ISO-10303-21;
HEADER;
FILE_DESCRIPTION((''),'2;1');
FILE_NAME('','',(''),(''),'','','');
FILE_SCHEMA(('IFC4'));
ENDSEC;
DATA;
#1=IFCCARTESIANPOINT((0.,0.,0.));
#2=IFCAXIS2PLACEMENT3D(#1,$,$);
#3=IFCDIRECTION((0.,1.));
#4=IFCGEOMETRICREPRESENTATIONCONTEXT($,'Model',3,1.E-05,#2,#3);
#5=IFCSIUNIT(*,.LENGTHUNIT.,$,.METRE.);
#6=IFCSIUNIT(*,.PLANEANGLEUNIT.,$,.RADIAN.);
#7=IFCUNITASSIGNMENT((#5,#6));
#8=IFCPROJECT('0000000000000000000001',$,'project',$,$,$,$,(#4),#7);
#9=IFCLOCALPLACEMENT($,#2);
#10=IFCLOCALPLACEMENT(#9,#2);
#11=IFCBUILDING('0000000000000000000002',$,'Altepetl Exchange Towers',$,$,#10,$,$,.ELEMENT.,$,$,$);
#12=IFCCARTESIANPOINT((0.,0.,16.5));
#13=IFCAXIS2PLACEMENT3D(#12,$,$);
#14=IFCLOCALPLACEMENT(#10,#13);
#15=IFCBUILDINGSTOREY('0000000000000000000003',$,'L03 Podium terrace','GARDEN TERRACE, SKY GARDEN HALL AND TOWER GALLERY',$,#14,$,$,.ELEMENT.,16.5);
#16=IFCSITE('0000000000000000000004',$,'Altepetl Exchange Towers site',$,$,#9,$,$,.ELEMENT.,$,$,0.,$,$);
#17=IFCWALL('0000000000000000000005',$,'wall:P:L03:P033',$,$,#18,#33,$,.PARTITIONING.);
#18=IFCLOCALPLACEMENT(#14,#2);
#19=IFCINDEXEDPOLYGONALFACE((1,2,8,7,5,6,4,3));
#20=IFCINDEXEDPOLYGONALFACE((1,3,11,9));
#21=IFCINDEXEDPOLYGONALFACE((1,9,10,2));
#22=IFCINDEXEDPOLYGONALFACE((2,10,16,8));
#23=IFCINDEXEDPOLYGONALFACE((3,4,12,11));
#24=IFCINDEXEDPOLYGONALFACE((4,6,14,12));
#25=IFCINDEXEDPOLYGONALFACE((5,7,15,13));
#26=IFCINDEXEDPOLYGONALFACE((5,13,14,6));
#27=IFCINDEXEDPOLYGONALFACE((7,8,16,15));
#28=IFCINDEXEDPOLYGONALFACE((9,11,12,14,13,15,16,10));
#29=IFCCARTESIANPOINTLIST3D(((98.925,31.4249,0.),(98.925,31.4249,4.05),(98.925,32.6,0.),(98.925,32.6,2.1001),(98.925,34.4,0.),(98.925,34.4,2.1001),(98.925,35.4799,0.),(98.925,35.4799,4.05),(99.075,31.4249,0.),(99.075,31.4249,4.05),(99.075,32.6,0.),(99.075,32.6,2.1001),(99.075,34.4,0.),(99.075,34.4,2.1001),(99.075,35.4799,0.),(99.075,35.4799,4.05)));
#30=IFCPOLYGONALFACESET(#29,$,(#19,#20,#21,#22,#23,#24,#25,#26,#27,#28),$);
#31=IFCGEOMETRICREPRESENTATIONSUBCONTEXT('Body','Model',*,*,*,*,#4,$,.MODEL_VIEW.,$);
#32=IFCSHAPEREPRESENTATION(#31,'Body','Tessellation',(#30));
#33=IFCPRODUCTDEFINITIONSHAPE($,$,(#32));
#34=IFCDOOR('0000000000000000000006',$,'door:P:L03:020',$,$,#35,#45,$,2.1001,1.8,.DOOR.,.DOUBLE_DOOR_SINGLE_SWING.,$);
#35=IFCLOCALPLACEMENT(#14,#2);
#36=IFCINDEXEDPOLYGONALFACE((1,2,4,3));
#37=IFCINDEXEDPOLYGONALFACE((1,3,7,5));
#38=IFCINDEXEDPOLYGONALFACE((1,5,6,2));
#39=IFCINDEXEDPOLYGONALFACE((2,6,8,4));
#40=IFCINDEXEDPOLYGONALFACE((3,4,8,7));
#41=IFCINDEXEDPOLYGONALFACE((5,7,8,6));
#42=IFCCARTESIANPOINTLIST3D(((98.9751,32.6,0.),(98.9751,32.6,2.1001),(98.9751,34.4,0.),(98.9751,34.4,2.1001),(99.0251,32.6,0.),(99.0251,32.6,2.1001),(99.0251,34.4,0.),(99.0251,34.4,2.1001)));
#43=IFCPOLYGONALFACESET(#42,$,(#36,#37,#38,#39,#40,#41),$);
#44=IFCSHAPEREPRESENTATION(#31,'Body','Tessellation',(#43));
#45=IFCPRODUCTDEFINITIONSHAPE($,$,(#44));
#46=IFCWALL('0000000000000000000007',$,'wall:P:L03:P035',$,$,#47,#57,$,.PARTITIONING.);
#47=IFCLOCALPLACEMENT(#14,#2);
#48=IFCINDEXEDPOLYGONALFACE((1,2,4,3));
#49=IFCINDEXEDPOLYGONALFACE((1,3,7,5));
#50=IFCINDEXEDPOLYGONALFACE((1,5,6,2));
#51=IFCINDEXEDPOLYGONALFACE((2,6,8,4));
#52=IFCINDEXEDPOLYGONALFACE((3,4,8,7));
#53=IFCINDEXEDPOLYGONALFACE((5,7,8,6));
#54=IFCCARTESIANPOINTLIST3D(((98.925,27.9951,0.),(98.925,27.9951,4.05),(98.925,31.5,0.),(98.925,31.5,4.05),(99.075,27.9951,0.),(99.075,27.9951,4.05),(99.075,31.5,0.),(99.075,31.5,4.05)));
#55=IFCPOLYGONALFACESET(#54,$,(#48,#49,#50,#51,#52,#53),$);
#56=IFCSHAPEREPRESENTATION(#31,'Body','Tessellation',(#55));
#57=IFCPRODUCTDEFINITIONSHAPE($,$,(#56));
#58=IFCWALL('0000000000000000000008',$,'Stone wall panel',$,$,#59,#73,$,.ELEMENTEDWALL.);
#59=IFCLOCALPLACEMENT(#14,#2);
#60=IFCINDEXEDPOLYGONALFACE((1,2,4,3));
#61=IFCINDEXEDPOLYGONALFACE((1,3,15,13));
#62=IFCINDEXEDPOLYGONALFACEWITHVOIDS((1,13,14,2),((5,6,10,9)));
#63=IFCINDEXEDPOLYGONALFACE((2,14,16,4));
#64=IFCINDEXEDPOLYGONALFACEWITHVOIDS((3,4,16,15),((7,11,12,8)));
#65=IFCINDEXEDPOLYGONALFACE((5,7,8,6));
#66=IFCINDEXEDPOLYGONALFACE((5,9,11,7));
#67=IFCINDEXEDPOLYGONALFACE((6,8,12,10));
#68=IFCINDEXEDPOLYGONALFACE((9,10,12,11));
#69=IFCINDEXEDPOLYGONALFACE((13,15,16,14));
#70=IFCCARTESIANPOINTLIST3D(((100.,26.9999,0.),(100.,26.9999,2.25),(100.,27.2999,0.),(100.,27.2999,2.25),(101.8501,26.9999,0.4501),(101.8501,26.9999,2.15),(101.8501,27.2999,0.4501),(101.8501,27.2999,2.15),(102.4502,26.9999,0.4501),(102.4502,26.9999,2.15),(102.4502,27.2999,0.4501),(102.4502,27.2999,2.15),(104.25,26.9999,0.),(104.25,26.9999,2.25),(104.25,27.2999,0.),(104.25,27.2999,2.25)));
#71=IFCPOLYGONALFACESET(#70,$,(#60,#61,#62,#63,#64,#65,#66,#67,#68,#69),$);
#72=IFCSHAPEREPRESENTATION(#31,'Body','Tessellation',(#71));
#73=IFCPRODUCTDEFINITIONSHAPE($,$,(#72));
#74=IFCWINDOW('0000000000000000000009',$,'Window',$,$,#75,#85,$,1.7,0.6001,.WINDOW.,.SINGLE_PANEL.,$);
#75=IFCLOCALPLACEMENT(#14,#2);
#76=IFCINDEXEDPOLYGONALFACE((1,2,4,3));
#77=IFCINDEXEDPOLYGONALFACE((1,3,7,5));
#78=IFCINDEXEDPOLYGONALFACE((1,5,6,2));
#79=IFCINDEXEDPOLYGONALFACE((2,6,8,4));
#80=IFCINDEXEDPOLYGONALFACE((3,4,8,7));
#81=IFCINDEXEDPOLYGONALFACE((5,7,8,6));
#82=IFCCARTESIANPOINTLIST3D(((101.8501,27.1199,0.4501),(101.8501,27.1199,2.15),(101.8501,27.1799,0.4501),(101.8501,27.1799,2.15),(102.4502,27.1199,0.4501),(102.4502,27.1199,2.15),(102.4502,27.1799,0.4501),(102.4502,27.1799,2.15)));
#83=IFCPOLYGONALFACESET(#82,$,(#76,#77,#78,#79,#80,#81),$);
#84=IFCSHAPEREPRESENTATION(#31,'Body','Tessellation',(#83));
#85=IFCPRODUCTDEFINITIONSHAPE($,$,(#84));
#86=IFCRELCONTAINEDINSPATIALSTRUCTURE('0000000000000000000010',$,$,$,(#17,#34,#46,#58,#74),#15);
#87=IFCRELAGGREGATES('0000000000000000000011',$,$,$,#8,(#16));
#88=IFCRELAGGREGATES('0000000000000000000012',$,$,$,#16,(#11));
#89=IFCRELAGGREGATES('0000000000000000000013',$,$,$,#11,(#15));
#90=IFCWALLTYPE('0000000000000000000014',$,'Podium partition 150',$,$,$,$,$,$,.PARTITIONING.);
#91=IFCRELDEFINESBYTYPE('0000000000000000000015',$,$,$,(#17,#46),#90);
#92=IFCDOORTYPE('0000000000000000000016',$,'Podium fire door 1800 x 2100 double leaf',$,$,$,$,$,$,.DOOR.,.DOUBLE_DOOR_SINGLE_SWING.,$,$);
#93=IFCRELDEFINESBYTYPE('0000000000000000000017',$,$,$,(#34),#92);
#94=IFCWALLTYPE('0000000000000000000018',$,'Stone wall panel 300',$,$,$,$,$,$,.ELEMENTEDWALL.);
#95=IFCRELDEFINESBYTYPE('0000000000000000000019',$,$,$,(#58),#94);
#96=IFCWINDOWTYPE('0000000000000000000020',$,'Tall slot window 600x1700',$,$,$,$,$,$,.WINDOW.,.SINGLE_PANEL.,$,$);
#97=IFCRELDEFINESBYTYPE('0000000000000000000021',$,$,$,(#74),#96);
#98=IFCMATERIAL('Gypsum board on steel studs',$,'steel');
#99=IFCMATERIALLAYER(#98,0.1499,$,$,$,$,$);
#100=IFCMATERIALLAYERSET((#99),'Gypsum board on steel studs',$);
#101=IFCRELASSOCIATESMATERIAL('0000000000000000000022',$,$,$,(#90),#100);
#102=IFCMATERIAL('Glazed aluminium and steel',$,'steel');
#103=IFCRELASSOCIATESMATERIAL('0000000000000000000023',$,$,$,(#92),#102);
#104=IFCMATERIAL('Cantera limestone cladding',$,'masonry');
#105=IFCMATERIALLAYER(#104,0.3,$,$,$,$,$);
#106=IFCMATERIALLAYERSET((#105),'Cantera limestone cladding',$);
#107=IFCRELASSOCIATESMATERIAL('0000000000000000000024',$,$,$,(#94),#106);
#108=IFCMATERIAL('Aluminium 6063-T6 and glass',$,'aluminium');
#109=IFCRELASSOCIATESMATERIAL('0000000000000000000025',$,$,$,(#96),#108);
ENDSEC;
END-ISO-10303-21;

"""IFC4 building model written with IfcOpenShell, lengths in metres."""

from ifc_helpers import new_model, si_unit, direction, frame, frame_2d, origin, place, context, subcontext, project, spatial, rectangle, extrude, material, layer, layer_set, type_object, element, fill, save


model = new_model("IFC4")

# Units and contexts
model_context = context("Model", 3, precision=1e-05, world=origin(), true_north=direction((0.0, 1.0)))
body_context = subcontext(model_context, "Body", "Model", "MODEL_VIEW")
ifc_project = project(units=[si_unit("LENGTHUNIT", "METRE"), si_unit("PLANEANGLEUNIT", "RADIAN")], contexts=[model_context])

# Site, building, storey
site_placement = place(None, origin())
site = spatial("IfcSite", under=ifc_project, at=site_placement, Name="Altepetl Exchange Towers site", CompositionType="ELEMENT", RefElevation=0.0)
building_placement = place(site_placement, origin())
building = spatial("IfcBuilding", under=site, at=building_placement, Name="Altepetl Exchange Towers", CompositionType="ELEMENT")
storey_placement = place(building_placement, frame((0.0, 0.0, 16.5)))
storey = spatial("IfcBuildingStorey", under=building, at=storey_placement, Name="L03 Podium terrace", Description="GARDEN TERRACE, SKY GARDEN HALL AND TOWER GALLERY", CompositionType="ELEMENT", Elevation=16.5)

# Shared definitions
ifc_material_1 = material(Name="Aluminium 6063-T6 and glass", Category="aluminium")

# Wall, opening, door
ifc_material_2 = material(Name="Gypsum board on steel studs", Category="steel")
ifc_layer_1 = layer(ifc_material_2, 0.1499)
ifc_layer_set_1 = layer_set([ifc_layer_1], Name="Gypsum board on steel studs")
wall_type_1 = type_object("IfcWallType", Name="Podium partition 150", PredefinedType="PARTITIONING", material=ifc_layer_set_1)
wall_1_placement = place(storey_placement, frame((99.0, 31.425, 0.0), z_axis=(0.0, 0.0, 1.0), x_axis=(0.0, 1.0, 0.0)))
wall_1 = element("IfcWall", 1, at=wall_1_placement, inside=storey, type_object=wall_type_1, Name="wall:P:L03:P033", PredefinedType="PARTITIONING", context=body_context, shape_type="SweptSolid", body=[
    extrude(rectangle(XDim=4.0549, YDim=0.1499, at=frame_2d((2.0273, 0.0))), origin(), (0.0, 0.0, 1.0), 4.05),
])
opening_1_placement = place(wall_1_placement, frame((1.175, 0.0, 0.0)))
opening_1 = element("IfcOpeningElement", 2, at=opening_1_placement, cuts=wall_1, PredefinedType="OPENING", context=body_context, shape_type="SweptSolid", body=[
    extrude(rectangle(XDim=1.8, YDim=2.1001, at=frame_2d((0.8999, 1.05))), frame((0.0, 0.085, 0.0), z_axis=(0.0, -1.0, 0.0), x_axis=(1.0, 0.0, 0.0)), (0.0, 0.0, 1.0), 0.1699),
])
ifc_material_3 = material(Name="Glazed aluminium and steel", Category="steel")
door_type_1 = type_object("IfcDoorType", Name="Podium fire door 1800 x 2100 double leaf", OperationType="DOUBLE_DOOR_SINGLE_SWING", PredefinedType="DOOR", material=ifc_material_3)
door_1_placement = place(opening_1_placement, origin())
door_1 = element("IfcDoor", 3, at=door_1_placement, inside=storey, type_object=door_type_1, Name="door:P:L03:020", OperationType="DOUBLE_DOOR_SINGLE_SWING", OverallHeight=2.1001, OverallWidth=1.8, PredefinedType="DOOR", context=body_context, shape_type="SweptSolid", body=[
    extrude(rectangle(XDim=1.8, YDim=2.1001, at=frame_2d((0.8999, 1.05))), frame((0.0, 0.0249, 0.0), z_axis=(0.0, -1.0, 0.0), x_axis=(1.0, 0.0, 0.0)), (0.0, 0.0, 1.0), 0.05),
])
fill(opening_1, door_1)

# Wall
wall_2_placement = place(storey_placement, frame((99.0, 27.9951, 0.0), z_axis=(0.0, 0.0, 1.0), x_axis=(0.0, 1.0, 0.0)))
element("IfcWall", 4, at=wall_2_placement, inside=storey, type_object=wall_type_1, Name="wall:P:L03:P035", PredefinedType="PARTITIONING", context=body_context, shape_type="SweptSolid", body=[
    extrude(rectangle(XDim=3.5049, YDim=0.1499, at=frame_2d((1.7524, 0.0))), origin(), (0.0, 0.0, 1.0), 4.05),
])

# Wall, opening, window
ifc_material_4 = material(Name="Cantera limestone cladding", Category="masonry")
ifc_layer_2 = layer(ifc_material_4, 0.3)
ifc_layer_set_2 = layer_set([ifc_layer_2], Name="Cantera limestone cladding")
wall_type_2 = type_object("IfcWallType", Name="Stone wall panel 300", PredefinedType="ELEMENTEDWALL", material=ifc_layer_set_2)
wall_3_placement = place(storey_placement, frame((100.0, 27.1499, 0.0)))
wall_3 = element("IfcWall", 5, at=wall_3_placement, inside=storey, type_object=wall_type_2, Name="Stone wall panel", PredefinedType="ELEMENTEDWALL", context=body_context, shape_type="SweptSolid", body=[
    extrude(rectangle(XDim=4.25, YDim=0.3, at=frame_2d((2.125, 0.0))), origin(), (0.0, 0.0, 1.0), 2.25),
])
opening_2_placement = place(wall_3_placement, frame((1.8501, 0.0, 0.45)))
opening_2 = element("IfcOpeningElement", 6, at=opening_2_placement, cuts=wall_3, PredefinedType="OPENING", context=body_context, shape_type="SweptSolid", body=[
    extrude(rectangle(XDim=0.6001, YDim=1.7, at=frame_2d((0.3, 0.8501))), frame((0.0, 0.1602, 0.0), z_axis=(0.0, -1.0, 0.0), x_axis=(1.0, 0.0, 0.0)), (0.0, 0.0, 1.0), 0.3201),
])
window_type = type_object("IfcWindowType", Name="Tall slot window 600x1700", PartitioningType="SINGLE_PANEL", PredefinedType="WINDOW", material=ifc_material_1)
window_placement = place(opening_2_placement, origin())
window = element("IfcWindow", 7, at=window_placement, inside=storey, type_object=window_type, Name="Window", OverallHeight=1.7, OverallWidth=0.6001, PartitioningType="SINGLE_PANEL", PredefinedType="WINDOW", context=body_context, shape_type="SweptSolid", body=[
    extrude(rectangle(XDim=0.6001, YDim=1.7, at=frame_2d((0.3, 0.8501))), frame((0.0, 0.03, 0.0), z_axis=(0.0, -1.0, 0.0), x_axis=(1.0, 0.0, 0.0)), (0.0, 0.0, 1.0), 0.0601),
])
fill(opening_2, window)

save(model, "model.ifc")
